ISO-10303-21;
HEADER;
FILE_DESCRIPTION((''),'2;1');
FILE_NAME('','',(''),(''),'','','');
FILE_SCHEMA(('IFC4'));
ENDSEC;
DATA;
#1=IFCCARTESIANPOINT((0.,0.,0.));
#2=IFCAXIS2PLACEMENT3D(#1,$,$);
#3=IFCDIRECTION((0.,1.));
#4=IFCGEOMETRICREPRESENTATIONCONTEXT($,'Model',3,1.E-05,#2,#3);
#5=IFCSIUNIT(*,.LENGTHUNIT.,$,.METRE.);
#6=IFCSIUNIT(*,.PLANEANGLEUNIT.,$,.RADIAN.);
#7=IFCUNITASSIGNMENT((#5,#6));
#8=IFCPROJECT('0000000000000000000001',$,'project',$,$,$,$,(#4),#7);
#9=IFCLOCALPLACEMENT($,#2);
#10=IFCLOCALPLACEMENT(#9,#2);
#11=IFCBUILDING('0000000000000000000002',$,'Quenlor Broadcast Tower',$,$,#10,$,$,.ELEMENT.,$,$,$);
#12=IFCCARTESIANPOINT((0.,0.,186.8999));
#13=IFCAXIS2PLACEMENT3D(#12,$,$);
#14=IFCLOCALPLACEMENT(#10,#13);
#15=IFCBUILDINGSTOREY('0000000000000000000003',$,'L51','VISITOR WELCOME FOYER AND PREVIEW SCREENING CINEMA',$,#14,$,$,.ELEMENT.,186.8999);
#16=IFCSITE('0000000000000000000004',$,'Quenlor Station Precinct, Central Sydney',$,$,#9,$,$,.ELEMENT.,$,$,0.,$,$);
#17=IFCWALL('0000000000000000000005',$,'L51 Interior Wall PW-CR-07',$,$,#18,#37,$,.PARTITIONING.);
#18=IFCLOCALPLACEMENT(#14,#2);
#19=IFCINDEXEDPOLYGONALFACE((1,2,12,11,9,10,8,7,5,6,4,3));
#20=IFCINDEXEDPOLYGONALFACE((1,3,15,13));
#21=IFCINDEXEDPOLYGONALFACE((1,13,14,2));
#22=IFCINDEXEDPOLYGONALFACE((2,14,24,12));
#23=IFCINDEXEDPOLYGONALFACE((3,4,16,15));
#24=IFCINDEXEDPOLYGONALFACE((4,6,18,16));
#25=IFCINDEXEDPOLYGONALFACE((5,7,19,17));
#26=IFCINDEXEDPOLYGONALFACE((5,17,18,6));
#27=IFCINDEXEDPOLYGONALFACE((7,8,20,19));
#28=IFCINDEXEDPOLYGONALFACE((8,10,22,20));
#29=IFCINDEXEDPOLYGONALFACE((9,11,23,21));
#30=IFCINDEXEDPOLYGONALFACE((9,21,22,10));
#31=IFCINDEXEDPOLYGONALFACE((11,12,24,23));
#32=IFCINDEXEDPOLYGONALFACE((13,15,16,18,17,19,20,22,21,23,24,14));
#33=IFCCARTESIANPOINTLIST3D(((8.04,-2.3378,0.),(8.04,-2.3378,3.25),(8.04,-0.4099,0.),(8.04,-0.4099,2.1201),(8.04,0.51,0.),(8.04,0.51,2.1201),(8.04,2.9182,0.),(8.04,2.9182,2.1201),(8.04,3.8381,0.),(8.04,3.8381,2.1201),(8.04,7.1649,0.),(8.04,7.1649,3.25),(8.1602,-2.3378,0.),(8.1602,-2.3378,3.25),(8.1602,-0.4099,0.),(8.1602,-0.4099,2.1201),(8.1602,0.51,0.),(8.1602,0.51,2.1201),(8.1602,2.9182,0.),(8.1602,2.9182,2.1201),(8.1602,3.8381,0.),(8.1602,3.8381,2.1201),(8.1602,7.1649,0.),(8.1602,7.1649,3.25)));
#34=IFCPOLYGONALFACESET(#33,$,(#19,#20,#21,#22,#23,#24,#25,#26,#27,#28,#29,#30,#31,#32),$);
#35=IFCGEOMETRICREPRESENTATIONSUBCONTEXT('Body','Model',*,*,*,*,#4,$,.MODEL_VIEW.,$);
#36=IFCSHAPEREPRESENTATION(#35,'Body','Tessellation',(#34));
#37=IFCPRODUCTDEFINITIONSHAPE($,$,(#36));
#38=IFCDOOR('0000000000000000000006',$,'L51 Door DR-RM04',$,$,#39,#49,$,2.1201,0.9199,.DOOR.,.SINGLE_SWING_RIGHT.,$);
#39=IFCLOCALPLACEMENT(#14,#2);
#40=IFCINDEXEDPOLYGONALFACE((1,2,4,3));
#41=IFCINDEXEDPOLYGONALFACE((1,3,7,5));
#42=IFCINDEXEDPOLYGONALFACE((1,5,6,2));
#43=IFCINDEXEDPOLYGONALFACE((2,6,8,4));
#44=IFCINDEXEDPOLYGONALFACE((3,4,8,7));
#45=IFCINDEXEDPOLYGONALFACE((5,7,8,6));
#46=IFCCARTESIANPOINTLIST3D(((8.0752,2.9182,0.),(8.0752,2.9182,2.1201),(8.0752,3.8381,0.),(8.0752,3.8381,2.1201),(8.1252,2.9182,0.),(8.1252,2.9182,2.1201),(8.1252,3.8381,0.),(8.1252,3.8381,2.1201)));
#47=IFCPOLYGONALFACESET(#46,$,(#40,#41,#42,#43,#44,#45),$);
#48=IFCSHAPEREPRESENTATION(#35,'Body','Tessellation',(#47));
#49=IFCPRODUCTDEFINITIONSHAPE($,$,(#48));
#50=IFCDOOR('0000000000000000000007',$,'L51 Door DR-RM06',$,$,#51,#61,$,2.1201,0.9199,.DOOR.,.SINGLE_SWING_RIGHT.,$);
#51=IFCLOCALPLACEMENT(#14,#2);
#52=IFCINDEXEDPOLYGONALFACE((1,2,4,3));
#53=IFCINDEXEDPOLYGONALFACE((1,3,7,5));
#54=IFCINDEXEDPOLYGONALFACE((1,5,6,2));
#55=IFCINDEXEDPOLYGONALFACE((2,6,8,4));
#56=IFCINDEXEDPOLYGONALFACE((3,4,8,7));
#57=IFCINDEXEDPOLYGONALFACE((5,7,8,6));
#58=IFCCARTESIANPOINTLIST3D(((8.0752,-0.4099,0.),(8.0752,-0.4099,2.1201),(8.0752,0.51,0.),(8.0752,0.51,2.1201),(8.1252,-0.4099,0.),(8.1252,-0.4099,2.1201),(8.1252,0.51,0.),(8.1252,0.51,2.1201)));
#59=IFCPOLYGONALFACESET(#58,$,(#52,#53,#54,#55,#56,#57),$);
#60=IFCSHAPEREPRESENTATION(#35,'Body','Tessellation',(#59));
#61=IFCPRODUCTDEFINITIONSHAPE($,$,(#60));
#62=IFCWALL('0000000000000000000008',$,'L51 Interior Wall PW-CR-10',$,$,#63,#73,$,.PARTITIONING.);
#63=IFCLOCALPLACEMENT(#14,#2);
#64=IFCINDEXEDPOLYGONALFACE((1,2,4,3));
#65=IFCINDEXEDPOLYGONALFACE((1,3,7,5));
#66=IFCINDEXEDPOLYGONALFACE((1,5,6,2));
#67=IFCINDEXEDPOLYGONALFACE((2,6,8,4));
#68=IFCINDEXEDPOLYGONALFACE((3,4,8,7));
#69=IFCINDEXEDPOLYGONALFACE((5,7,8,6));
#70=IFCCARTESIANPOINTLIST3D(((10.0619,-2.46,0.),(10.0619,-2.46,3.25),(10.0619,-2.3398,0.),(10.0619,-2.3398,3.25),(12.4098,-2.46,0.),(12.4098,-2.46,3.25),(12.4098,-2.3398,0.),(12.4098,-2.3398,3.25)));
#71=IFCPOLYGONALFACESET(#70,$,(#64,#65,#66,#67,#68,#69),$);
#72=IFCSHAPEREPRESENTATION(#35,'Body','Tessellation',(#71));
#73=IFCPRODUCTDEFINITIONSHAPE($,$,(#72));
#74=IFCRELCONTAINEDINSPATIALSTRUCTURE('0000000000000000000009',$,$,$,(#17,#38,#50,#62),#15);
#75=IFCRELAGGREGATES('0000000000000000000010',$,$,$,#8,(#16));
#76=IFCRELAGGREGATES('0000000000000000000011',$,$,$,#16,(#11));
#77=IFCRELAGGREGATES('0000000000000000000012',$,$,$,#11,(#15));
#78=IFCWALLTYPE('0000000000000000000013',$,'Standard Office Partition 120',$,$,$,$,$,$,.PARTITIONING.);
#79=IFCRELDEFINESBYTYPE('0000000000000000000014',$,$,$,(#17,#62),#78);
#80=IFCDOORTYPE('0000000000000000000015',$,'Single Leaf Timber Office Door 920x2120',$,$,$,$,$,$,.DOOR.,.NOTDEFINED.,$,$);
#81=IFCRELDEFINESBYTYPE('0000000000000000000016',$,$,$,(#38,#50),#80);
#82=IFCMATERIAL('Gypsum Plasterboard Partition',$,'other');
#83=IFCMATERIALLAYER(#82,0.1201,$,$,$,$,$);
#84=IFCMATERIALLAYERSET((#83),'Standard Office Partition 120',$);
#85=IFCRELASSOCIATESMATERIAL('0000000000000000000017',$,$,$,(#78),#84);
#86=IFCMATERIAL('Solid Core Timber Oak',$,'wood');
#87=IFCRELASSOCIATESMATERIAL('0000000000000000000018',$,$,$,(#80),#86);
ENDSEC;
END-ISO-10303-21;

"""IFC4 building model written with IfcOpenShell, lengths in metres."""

from ifc_helpers import new_model, si_unit, direction, frame, frame_2d, origin, place, context, subcontext, project, spatial, rectangle, extrude, material, layer, layer_set, type_object, element, fill, save


model = new_model("IFC4")

# Units and contexts
model_context = context("Model", 3, precision=1e-05, world=origin(), true_north=direction((0.0, 1.0)))
body_context = subcontext(model_context, "Body", "Model", "MODEL_VIEW")
ifc_project = project(units=[si_unit("LENGTHUNIT", "METRE"), si_unit("PLANEANGLEUNIT", "RADIAN")], contexts=[model_context])

# Site, building, storey
site_placement = place(None, origin())
site = spatial("IfcSite", under=ifc_project, at=site_placement, Name="Quenlor Station Precinct, Central Sydney", CompositionType="ELEMENT", RefElevation=0.0)
building_placement = place(site_placement, origin())
building = spatial("IfcBuilding", under=site, at=building_placement, Name="Quenlor Broadcast Tower", CompositionType="ELEMENT")
storey_placement = place(building_placement, frame((0.0, 0.0, 186.8999)))
storey = spatial("IfcBuildingStorey", under=building, at=storey_placement, Name="L51", Description="VISITOR WELCOME FOYER AND PREVIEW SCREENING CINEMA", CompositionType="ELEMENT", Elevation=186.8999)

# Shared definitions
ifc_material_1 = material(Name="Gypsum Plasterboard Partition", Category="other")
ifc_layer_1 = layer(ifc_material_1, 0.1201)
ifc_layer_set_1 = layer_set([ifc_layer_1], Name="Standard Office Partition 120")
wall_type_1 = type_object("IfcWallType", Name="Standard Office Partition 120", PredefinedType="PARTITIONING", material=ifc_layer_set_1)

# Wall, openings, doors
wall_1_placement = place(storey_placement, frame((8.1001, -2.3379, 0.0), z_axis=(0.0, 0.0, 1.0), x_axis=(0.0, 1.0, 0.0)))
wall_1 = element("IfcWall", 1, at=wall_1_placement, inside=storey, type_object=wall_type_1, Name="L51 Interior Wall PW-CR-07", PredefinedType="PARTITIONING", context=body_context, shape_type="SweptSolid", body=[
    extrude(rectangle(XDim=9.5027, YDim=0.1201, at=frame_2d((4.7515, 0.0))), origin(), (0.0, 0.0, 1.0), 3.25),
])
opening_1_placement = place(wall_1_placement, frame((5.2561, 0.0, 0.0)))
opening_1 = element("IfcOpeningElement", 2, at=opening_1_placement, cuts=wall_1, PredefinedType="OPENING", context=body_context, shape_type="SweptSolid", body=[
    extrude(rectangle(XDim=0.9199, YDim=2.1201, at=frame_2d((0.46, 1.0601))), frame((0.0, 0.0701, 0.0), z_axis=(0.0, -1.0, 0.0), x_axis=(1.0, 0.0, 0.0)), (0.0, 0.0, 1.0), 0.1401),
])
opening_2_placement = place(wall_1_placement, frame((1.928, 0.0, 0.0)))
opening_2 = element("IfcOpeningElement", 3, at=opening_2_placement, cuts=wall_1, PredefinedType="OPENING", context=body_context, shape_type="SweptSolid", body=[
    extrude(rectangle(XDim=0.9199, YDim=2.1201, at=frame_2d((0.46, 1.0601))), frame((0.0, 0.0701, 0.0), z_axis=(0.0, -1.0, 0.0), x_axis=(1.0, 0.0, 0.0)), (0.0, 0.0, 1.0), 0.1401),
])
ifc_material_2 = material(Name="Solid Core Timber Oak", Category="wood")
door_type_1 = type_object("IfcDoorType", Name="Single Leaf Timber Office Door 920x2120", OperationType="NOTDEFINED", PredefinedType="DOOR", material=ifc_material_2)
door_1_placement = place(opening_1_placement, origin())
door_1 = element("IfcDoor", 4, at=door_1_placement, inside=storey, type_object=door_type_1, Name="L51 Door DR-RM04", OperationType="SINGLE_SWING_RIGHT", OverallHeight=2.1201, OverallWidth=0.9199, PredefinedType="DOOR", context=body_context, shape_type="SweptSolid", body=[
    extrude(rectangle(XDim=0.9199, YDim=2.1201, at=frame_2d((0.46, 1.0601))), frame((0.0, 0.0249, 0.0), z_axis=(0.0, -1.0, 0.0), x_axis=(1.0, 0.0, 0.0)), (0.0, 0.0, 1.0), 0.05),
])
fill(opening_1, door_1)
door_2_placement = place(opening_2_placement, origin())
door_2 = element("IfcDoor", 5, at=door_2_placement, inside=storey, type_object=door_type_1, Name="L51 Door DR-RM06", OperationType="SINGLE_SWING_RIGHT", OverallHeight=2.1201, OverallWidth=0.9199, PredefinedType="DOOR", context=body_context, shape_type="SweptSolid", body=[
    extrude(rectangle(XDim=0.9199, YDim=2.1201, at=frame_2d((0.46, 1.0601))), frame((0.0, 0.0249, 0.0), z_axis=(0.0, -1.0, 0.0), x_axis=(1.0, 0.0, 0.0)), (0.0, 0.0, 1.0), 0.05),
])
fill(opening_2, door_2)

# Wall
wall_2_placement = place(storey_placement, frame((10.062, -2.3999, 0.0), z_axis=(0.0, 0.0, 1.0), x_axis=(1.0, 0.0, 0.0)))
element("IfcWall", 6, at=wall_2_placement, inside=storey, type_object=wall_type_1, Name="L51 Interior Wall PW-CR-10", PredefinedType="PARTITIONING", context=body_context, shape_type="SweptSolid", body=[
    extrude(rectangle(XDim=2.3479, YDim=0.1201, at=frame_2d((1.1738, 0.0))), origin(), (0.0, 0.0, 1.0), 3.25),
])

save(model, "model.ifc")
